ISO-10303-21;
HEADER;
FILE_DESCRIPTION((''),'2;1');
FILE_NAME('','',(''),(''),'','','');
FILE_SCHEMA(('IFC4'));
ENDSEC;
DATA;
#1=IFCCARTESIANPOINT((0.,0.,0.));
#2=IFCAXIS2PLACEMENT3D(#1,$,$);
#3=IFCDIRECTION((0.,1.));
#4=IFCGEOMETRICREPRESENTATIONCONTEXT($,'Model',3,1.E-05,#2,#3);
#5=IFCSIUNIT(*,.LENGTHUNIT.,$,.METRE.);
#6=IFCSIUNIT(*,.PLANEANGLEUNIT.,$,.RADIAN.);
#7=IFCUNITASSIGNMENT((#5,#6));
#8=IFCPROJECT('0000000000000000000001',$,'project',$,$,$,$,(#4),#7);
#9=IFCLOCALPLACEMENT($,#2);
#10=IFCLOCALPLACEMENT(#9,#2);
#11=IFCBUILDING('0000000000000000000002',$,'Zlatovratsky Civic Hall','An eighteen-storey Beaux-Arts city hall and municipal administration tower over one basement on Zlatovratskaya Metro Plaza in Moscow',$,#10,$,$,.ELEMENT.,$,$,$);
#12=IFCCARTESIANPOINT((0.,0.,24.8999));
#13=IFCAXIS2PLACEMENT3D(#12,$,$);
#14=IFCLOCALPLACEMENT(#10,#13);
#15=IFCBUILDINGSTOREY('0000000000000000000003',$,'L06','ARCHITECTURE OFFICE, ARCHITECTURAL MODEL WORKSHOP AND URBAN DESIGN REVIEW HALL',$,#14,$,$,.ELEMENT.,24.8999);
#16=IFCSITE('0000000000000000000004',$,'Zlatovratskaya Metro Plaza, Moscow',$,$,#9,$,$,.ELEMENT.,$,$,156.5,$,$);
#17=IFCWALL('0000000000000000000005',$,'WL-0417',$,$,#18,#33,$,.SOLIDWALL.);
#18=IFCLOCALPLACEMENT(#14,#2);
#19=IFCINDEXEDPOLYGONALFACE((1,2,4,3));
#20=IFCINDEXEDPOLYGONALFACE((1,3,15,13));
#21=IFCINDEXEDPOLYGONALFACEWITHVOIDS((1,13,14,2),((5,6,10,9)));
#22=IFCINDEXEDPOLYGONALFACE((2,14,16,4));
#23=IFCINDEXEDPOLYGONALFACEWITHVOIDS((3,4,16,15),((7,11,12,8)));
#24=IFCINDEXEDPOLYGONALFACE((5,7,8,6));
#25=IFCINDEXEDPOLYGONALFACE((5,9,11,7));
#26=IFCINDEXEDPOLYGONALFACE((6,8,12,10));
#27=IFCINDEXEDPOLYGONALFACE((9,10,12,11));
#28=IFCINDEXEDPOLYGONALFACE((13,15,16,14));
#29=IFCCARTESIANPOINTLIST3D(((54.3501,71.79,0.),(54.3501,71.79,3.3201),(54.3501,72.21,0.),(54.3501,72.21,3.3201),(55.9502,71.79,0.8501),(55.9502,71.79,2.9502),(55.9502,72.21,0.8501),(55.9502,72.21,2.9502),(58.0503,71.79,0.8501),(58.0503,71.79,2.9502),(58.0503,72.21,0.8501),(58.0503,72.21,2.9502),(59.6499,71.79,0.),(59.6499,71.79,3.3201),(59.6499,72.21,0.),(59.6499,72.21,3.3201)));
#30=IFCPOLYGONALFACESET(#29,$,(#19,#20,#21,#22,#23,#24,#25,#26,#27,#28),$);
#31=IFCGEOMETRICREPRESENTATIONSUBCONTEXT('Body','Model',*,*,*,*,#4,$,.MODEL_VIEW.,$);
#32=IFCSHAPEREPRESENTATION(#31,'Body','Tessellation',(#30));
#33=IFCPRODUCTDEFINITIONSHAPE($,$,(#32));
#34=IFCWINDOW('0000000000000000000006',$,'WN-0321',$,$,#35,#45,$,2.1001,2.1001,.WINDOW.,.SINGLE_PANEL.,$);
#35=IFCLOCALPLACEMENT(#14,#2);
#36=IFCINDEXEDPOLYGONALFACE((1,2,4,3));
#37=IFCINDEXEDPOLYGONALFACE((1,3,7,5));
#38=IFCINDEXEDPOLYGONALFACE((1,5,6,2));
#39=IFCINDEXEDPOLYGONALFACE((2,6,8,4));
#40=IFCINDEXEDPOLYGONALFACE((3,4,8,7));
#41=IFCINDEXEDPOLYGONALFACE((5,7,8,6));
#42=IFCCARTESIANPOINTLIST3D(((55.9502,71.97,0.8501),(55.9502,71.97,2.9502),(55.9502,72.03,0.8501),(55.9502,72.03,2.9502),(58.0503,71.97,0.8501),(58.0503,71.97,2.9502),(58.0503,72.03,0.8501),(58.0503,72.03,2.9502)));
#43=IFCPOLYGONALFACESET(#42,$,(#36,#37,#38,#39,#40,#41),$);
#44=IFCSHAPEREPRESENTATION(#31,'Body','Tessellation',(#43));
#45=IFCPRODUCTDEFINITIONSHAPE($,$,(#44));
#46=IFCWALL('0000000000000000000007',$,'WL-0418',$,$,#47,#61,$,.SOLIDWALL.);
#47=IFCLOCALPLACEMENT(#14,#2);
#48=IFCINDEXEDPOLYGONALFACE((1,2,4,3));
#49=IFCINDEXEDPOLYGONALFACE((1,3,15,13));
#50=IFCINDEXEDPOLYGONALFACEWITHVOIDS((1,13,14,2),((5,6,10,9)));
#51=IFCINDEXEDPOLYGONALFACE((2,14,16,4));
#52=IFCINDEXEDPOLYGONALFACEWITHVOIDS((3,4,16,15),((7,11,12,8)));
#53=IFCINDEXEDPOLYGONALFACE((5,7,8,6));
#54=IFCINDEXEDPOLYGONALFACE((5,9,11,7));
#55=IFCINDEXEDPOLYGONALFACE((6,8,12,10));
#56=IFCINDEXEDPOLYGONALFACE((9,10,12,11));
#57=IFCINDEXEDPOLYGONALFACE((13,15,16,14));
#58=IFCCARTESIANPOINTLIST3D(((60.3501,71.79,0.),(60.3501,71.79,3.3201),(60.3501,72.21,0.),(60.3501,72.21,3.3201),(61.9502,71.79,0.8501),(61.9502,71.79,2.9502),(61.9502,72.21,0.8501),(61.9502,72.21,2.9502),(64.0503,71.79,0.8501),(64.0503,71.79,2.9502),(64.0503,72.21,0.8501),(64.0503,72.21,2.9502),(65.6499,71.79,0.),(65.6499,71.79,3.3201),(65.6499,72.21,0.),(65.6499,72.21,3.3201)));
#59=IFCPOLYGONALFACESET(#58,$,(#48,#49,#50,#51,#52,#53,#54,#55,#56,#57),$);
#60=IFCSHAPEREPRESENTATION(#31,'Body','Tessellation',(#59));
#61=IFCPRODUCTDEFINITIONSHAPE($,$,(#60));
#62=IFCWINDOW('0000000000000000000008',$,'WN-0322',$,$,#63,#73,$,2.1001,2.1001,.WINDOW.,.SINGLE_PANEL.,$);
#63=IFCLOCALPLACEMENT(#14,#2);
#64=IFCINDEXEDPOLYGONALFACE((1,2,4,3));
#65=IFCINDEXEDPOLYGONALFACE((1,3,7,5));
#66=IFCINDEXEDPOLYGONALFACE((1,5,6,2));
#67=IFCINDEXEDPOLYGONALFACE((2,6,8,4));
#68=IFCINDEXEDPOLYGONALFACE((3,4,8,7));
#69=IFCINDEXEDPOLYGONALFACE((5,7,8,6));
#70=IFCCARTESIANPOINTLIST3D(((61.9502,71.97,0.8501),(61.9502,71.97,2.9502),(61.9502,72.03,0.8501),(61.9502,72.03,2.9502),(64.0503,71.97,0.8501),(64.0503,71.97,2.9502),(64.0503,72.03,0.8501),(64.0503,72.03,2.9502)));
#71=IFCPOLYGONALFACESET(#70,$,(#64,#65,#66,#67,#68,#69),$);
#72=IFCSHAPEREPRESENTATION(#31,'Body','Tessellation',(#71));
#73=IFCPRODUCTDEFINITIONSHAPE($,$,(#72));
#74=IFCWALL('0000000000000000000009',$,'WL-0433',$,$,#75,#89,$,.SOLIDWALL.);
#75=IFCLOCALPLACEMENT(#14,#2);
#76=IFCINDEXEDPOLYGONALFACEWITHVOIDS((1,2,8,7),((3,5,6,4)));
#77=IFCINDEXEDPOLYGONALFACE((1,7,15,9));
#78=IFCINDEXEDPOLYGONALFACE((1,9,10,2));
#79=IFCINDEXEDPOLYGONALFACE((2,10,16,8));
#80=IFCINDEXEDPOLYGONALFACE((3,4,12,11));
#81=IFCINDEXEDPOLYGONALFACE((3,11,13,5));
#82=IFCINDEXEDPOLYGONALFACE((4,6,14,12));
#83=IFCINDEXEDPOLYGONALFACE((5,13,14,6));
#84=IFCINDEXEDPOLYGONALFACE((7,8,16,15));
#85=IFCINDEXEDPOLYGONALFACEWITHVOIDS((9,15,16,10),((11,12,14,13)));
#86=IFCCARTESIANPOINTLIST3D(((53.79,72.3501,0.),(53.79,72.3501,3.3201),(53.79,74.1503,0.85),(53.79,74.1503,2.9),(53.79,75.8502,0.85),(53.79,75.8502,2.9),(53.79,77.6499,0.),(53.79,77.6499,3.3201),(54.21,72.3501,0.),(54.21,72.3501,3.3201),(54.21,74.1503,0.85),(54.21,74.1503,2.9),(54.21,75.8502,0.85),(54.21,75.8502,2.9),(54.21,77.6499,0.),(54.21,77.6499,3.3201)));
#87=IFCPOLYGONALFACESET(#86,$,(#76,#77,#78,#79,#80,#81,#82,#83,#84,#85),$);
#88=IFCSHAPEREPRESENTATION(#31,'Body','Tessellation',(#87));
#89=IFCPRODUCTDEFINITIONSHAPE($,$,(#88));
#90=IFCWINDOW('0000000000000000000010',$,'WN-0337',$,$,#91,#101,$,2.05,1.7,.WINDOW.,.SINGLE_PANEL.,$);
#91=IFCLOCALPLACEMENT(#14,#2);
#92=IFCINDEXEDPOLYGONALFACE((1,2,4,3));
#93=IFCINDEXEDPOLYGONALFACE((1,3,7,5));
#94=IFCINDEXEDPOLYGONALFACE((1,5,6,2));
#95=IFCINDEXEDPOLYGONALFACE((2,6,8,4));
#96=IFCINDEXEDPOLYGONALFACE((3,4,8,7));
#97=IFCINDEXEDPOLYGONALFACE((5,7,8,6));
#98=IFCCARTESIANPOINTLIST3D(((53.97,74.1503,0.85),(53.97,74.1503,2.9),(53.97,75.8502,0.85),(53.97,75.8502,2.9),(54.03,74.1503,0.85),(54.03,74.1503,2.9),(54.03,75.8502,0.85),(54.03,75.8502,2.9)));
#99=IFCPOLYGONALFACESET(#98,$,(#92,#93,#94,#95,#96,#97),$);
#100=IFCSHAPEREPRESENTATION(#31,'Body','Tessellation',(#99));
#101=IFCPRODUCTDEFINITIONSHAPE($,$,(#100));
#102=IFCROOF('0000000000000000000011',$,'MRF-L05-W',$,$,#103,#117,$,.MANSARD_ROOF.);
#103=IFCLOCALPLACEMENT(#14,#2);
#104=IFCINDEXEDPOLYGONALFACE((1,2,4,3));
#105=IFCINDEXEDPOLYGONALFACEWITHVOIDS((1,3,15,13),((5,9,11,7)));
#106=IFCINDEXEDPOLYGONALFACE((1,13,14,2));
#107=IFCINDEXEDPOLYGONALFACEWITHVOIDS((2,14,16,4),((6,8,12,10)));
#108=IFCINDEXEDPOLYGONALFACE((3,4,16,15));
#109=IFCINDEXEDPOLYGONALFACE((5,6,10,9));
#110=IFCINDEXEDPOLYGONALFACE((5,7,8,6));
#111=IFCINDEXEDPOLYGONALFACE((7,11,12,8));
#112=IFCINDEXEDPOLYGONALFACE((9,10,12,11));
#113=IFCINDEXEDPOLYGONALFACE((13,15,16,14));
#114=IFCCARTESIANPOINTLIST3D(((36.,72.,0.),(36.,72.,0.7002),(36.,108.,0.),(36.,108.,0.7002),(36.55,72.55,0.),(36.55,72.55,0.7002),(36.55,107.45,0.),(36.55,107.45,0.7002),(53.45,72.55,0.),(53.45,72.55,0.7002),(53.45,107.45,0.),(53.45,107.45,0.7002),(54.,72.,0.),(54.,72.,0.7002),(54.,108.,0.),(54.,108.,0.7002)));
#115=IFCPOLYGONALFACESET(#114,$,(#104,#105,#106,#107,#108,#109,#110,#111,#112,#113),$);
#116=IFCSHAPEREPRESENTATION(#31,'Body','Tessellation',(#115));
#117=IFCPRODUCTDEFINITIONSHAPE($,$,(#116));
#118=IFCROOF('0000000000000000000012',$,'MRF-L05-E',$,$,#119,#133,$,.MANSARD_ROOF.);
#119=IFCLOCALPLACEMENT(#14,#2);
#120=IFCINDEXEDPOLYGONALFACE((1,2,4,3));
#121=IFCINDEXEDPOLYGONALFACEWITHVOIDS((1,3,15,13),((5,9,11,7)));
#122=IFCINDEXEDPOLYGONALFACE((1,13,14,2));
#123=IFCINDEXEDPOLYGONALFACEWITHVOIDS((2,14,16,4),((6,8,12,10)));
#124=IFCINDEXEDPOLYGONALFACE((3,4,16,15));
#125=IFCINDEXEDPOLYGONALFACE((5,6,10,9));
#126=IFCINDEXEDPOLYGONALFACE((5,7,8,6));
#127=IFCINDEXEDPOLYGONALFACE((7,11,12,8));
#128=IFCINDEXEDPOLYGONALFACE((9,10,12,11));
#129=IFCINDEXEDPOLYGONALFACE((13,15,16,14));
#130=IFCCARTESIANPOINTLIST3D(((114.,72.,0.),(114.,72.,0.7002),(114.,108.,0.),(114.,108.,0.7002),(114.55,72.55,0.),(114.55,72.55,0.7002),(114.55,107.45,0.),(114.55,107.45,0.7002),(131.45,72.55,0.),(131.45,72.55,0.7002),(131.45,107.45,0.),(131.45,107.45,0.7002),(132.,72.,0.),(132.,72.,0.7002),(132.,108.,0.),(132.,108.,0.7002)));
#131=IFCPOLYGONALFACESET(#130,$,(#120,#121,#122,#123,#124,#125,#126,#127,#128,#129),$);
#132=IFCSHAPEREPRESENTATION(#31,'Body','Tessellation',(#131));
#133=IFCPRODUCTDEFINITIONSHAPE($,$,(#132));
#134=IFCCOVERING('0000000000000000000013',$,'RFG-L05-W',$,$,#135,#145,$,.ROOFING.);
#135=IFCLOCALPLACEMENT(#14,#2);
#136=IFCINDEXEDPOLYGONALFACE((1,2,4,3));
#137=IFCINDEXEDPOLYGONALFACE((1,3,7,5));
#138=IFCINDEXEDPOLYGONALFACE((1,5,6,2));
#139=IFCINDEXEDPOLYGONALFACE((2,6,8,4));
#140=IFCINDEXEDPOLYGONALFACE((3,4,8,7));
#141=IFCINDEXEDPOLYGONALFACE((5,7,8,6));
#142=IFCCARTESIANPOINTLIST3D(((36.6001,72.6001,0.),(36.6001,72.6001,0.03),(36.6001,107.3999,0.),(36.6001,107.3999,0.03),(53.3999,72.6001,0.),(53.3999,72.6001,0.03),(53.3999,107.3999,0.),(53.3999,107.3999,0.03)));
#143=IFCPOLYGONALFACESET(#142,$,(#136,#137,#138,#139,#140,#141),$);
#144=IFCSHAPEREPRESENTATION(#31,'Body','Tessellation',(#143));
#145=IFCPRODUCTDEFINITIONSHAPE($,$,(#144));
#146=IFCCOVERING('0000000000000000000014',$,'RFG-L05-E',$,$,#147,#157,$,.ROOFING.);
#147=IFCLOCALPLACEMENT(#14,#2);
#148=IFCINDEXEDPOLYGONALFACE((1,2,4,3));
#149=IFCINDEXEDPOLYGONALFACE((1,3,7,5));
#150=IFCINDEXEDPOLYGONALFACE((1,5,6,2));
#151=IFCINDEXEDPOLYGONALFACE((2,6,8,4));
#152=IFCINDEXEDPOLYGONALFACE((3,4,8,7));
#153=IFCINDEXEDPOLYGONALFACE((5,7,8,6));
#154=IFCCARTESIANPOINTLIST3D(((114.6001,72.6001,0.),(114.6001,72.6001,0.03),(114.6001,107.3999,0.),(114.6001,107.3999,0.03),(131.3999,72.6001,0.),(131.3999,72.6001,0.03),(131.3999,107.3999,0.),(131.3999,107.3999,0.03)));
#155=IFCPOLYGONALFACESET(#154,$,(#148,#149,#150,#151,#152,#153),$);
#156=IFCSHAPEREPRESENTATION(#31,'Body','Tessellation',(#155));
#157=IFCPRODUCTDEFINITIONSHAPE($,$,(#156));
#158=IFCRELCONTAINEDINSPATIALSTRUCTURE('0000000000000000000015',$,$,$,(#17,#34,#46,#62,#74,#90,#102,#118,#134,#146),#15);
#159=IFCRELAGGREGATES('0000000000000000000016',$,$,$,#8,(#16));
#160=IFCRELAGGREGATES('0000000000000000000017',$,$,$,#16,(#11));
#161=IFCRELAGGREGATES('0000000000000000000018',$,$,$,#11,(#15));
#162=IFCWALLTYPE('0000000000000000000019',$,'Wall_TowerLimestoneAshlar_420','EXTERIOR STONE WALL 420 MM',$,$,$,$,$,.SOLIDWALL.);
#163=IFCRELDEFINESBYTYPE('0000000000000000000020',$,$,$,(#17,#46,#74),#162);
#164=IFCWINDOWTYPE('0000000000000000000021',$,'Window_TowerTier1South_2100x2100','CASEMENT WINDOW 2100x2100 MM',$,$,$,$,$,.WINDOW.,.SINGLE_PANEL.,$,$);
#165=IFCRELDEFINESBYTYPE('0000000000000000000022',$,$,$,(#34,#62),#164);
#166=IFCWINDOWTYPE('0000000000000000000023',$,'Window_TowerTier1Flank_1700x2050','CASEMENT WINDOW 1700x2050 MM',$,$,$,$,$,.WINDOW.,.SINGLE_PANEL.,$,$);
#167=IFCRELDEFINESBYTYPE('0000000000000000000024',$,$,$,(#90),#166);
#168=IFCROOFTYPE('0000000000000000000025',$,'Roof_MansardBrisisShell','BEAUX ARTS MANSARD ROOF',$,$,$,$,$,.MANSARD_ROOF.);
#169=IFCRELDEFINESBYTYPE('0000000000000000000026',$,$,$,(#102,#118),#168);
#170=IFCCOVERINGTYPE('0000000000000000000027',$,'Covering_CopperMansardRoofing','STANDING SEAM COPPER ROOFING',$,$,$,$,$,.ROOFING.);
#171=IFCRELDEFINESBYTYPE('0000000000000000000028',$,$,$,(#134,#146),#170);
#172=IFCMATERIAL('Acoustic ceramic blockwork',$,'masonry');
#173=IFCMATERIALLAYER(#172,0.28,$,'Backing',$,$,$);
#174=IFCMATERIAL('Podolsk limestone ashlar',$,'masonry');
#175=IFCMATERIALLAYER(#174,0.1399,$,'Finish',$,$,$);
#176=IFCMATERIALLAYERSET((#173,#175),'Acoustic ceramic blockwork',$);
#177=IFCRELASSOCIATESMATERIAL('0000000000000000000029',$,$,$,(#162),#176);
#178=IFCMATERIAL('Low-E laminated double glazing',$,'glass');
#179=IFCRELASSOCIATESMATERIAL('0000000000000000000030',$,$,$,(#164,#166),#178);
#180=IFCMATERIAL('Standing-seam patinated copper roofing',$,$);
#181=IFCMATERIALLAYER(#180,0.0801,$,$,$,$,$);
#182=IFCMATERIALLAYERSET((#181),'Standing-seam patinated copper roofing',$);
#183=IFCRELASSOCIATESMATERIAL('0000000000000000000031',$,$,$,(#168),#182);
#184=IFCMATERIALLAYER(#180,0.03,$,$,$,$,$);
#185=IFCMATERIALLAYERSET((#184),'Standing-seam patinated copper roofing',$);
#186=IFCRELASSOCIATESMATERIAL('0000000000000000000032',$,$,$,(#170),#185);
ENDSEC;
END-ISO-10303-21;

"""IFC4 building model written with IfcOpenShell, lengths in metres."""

from ifc_helpers import new_model, si_unit, direction, frame, frame_2d, origin, place, context, subcontext, project, spatial, polyline, rectangle, outline, extrude, material, layer, layer_set, type_object, element, fill, save


model = new_model("IFC4")

# Units and contexts
model_context = context("Model", 3, precision=1e-05, world=origin(), true_north=direction((0.0, 1.0)))
body_context = subcontext(model_context, "Body", "Model", "MODEL_VIEW")
ifc_project = project(units=[si_unit("LENGTHUNIT", "METRE"), si_unit("PLANEANGLEUNIT", "RADIAN")], contexts=[model_context])

# Site, building, storey
site_placement = place(None, origin())
site = spatial("IfcSite", under=ifc_project, at=site_placement, Name="Zlatovratskaya Metro Plaza, Moscow", CompositionType="ELEMENT", RefElevation=156.5)
building_placement = place(site_placement, origin())
building = spatial("IfcBuilding", under=site, at=building_placement, Name="Zlatovratsky Civic Hall", Description="An eighteen-storey Beaux-Arts city hall and municipal administration tower over one basement on Zlatovratskaya Metro Plaza in Moscow", CompositionType="ELEMENT")
storey_placement = place(building_placement, frame((0.0, 0.0, 24.8999)))
storey = spatial("IfcBuildingStorey", under=building, at=storey_placement, Name="L06", Description="ARCHITECTURE OFFICE, ARCHITECTURAL MODEL WORKSHOP AND URBAN DESIGN REVIEW HALL", CompositionType="ELEMENT", Elevation=24.8999)

# Walls, openings, windows
ifc_material_1 = material(Name="Acoustic ceramic blockwork", Category="masonry")
ifc_layer_1 = layer(ifc_material_1, 0.28, Name="Backing")
ifc_material_2 = material(Name="Podolsk limestone ashlar", Category="masonry")
ifc_layer_2 = layer(ifc_material_2, 0.1399, Name="Finish")
ifc_layer_set_1 = layer_set([ifc_layer_1, ifc_layer_2], Name="Acoustic ceramic blockwork")
wall_type_1 = type_object("IfcWallType", Name="Wall_TowerLimestoneAshlar_420", Description="EXTERIOR STONE WALL 420 MM", PredefinedType="SOLIDWALL", material=ifc_layer_set_1)
wall_1_placement = place(storey_placement, frame((54.3501, 72.0, 0.0), z_axis=(0.0, 0.0, 1.0), x_axis=(1.0, 0.0, 0.0)))
wall_1 = element("IfcWall", 1, at=wall_1_placement, inside=storey, type_object=wall_type_1, Name="WL-0417", PredefinedType="SOLIDWALL", context=body_context, shape_type="SweptSolid", body=[
    extrude(rectangle(XDim=5.2998, YDim=0.4199, at=frame_2d((2.6499, 0.0))), origin(), (0.0, 0.0, 1.0), 3.3201),
])
opening_1_placement = place(wall_1_placement, frame((1.6001, 0.0, 0.8501)))
opening_1 = element("IfcOpeningElement", 2, at=opening_1_placement, cuts=wall_1, PredefinedType="OPENING", context=body_context, shape_type="SweptSolid", body=[
    extrude(rectangle(XDim=2.1001, YDim=2.1001, at=frame_2d((1.05, 1.05))), frame((0.0, 0.2249, 0.0), z_axis=(0.0, -1.0, 0.0), x_axis=(1.0, 0.0, 0.0)), (0.0, 0.0, 1.0), 0.4497),
])
ifc_material_3 = material(Name="Low-E laminated double glazing", Category="glass")
window_type_1 = type_object("IfcWindowType", Name="Window_TowerTier1South_2100x2100", Description="CASEMENT WINDOW 2100x2100 MM", PartitioningType="SINGLE_PANEL", PredefinedType="WINDOW", material=ifc_material_3)
window_1_placement = place(opening_1_placement, origin())
window_1 = element("IfcWindow", 3, at=window_1_placement, inside=storey, type_object=window_type_1, Name="WN-0321", OverallHeight=2.1001, OverallWidth=2.1001, PartitioningType="SINGLE_PANEL", PredefinedType="WINDOW", context=body_context, shape_type="SweptSolid", body=[
    extrude(rectangle(XDim=2.1001, YDim=2.1001, at=frame_2d((1.05, 1.05))), frame((0.0, 0.03, 0.0), z_axis=(0.0, -1.0, 0.0), x_axis=(1.0, 0.0, 0.0)), (0.0, 0.0, 1.0), 0.0601),
])
fill(opening_1, window_1)
wall_2_placement = place(storey_placement, frame((60.3501, 72.0, 0.0), z_axis=(0.0, 0.0, 1.0), x_axis=(1.0, 0.0, 0.0)))
wall_2 = element("IfcWall", 4, at=wall_2_placement, inside=storey, type_object=wall_type_1, Name="WL-0418", PredefinedType="SOLIDWALL", context=body_context, shape_type="SweptSolid", body=[
    extrude(rectangle(XDim=5.2998, YDim=0.4199, at=frame_2d((2.6499, 0.0))), origin(), (0.0, 0.0, 1.0), 3.3201),
])
opening_2_placement = place(wall_2_placement, frame((1.6001, 0.0, 0.8501)))
opening_2 = element("IfcOpeningElement", 5, at=opening_2_placement, cuts=wall_2, PredefinedType="OPENING", context=body_context, shape_type="SweptSolid", body=[
    extrude(rectangle(XDim=2.1001, YDim=2.1001, at=frame_2d((1.05, 1.05))), frame((0.0, 0.2249, 0.0), z_axis=(0.0, -1.0, 0.0), x_axis=(1.0, 0.0, 0.0)), (0.0, 0.0, 1.0), 0.4497),
])
window_2_placement = place(opening_2_placement, origin())
window_2 = element("IfcWindow", 6, at=window_2_placement, inside=storey, type_object=window_type_1, Name="WN-0322", OverallHeight=2.1001, OverallWidth=2.1001, PartitioningType="SINGLE_PANEL", PredefinedType="WINDOW", context=body_context, shape_type="SweptSolid", body=[
    extrude(rectangle(XDim=2.1001, YDim=2.1001, at=frame_2d((1.05, 1.05))), frame((0.0, 0.03, 0.0), z_axis=(0.0, -1.0, 0.0), x_axis=(1.0, 0.0, 0.0)), (0.0, 0.0, 1.0), 0.0601),
])
fill(opening_2, window_2)
wall_3_placement = place(storey_placement, frame((54.0, 72.3501, 0.0), z_axis=(0.0, 0.0, 1.0), x_axis=(0.0, 1.0, 0.0)))
wall_3 = element("IfcWall", 7, at=wall_3_placement, inside=storey, type_object=wall_type_1, Name="WL-0433", PredefinedType="SOLIDWALL", context=body_context, shape_type="SweptSolid", body=[
    extrude(rectangle(XDim=5.2998, YDim=0.4199, at=frame_2d((2.6499, 0.0))), origin(), (0.0, 0.0, 1.0), 3.3201),
])
opening_3_placement = place(wall_3_placement, frame((1.8, 0.0, 0.8501)))
opening_3 = element("IfcOpeningElement", 8, at=opening_3_placement, cuts=wall_3, PredefinedType="OPENING", context=body_context, shape_type="SweptSolid", body=[
    extrude(rectangle(XDim=1.7, YDim=2.05, at=frame_2d((0.8501, 1.0249))), frame((0.0, 0.2249, 0.0), z_axis=(0.0, -1.0, 0.0), x_axis=(1.0, 0.0, 0.0)), (0.0, 0.0, 1.0), 0.4497),
])
window_type_2 = type_object("IfcWindowType", Name="Window_TowerTier1Flank_1700x2050", Description="CASEMENT WINDOW 1700x2050 MM", PartitioningType="SINGLE_PANEL", PredefinedType="WINDOW", material=ifc_material_3)
window_3_placement = place(opening_3_placement, origin())
window_3 = element("IfcWindow", 9, at=window_3_placement, inside=storey, type_object=window_type_2, Name="WN-0337", OverallHeight=2.05, OverallWidth=1.7, PartitioningType="SINGLE_PANEL", PredefinedType="WINDOW", context=body_context, shape_type="SweptSolid", body=[
    extrude(rectangle(XDim=1.7, YDim=2.05, at=frame_2d((0.8501, 1.0249))), frame((0.0, 0.03, 0.0), z_axis=(0.0, -1.0, 0.0), x_axis=(1.0, 0.0, 0.0)), (0.0, 0.0, 1.0), 0.0601),
])
fill(opening_3, window_3)

# Roofs
ifc_material_4 = material(Name="Standing-seam patinated copper roofing")
ifc_layer_3 = layer(ifc_material_4, 0.0801)
ifc_layer_set_2 = layer_set([ifc_layer_3], Name="Standing-seam patinated copper roofing")
roof_type = type_object("IfcRoofType", Name="Roof_MansardBrisisShell", Description="BEAUX ARTS MANSARD ROOF", PredefinedType="MANSARD_ROOF", material=ifc_layer_set_2)
roof_1_placement = place(storey_placement, origin())
element("IfcRoof", 10, at=roof_1_placement, inside=storey, type_object=roof_type, Name="MRF-L05-W", PredefinedType="MANSARD_ROOF", context=body_context, shape_type="SweptSolid", body=[
    extrude(outline(polyline([(36.0, 72.0), (54.0, 72.0), (54.0, 108.0), (36.0, 108.0), (36.0, 72.0)]), holes=[polyline([(36.55, 72.55), (53.45, 72.55), (53.45, 107.45), (36.55, 107.45), (36.55, 72.55)])]), origin(), (0.0, 0.0, 1.0), 0.7002),
])
roof_2_placement = place(storey_placement, origin())
element("IfcRoof", 11, at=roof_2_placement, inside=storey, type_object=roof_type, Name="MRF-L05-E", PredefinedType="MANSARD_ROOF", context=body_context, shape_type="SweptSolid", body=[
    extrude(outline(polyline([(114.0, 72.0), (132.0, 72.0), (132.0, 108.0), (114.0, 108.0), (114.0, 72.0)]), holes=[polyline([(114.55, 72.55), (131.45, 72.55), (131.45, 107.45), (114.55, 107.45), (114.55, 72.55)])]), origin(), (0.0, 0.0, 1.0), 0.7002),
])

# Coverings
ifc_layer_4 = layer(ifc_material_4, 0.03)
ifc_layer_set_3 = layer_set([ifc_layer_4], Name="Standing-seam patinated copper roofing")
covering_type = type_object("IfcCoveringType", Name="Covering_CopperMansardRoofing", Description="STANDING SEAM COPPER ROOFING", PredefinedType="ROOFING", material=ifc_layer_set_3)
covering_1_placement = place(storey_placement, origin())
element("IfcCovering", 12, at=covering_1_placement, inside=storey, type_object=covering_type, Name="RFG-L05-W", PredefinedType="ROOFING", context=body_context, shape_type="SweptSolid", body=[
    extrude(outline(polyline([(36.6001, 72.6001), (53.3999, 72.6001), (53.3999, 107.3999), (36.6001, 107.3999), (36.6001, 72.6001)])), origin(), (0.0, 0.0, 1.0), 0.03),
])
covering_2_placement = place(storey_placement, origin())
element("IfcCovering", 13, at=covering_2_placement, inside=storey, type_object=covering_type, Name="RFG-L05-E", PredefinedType="ROOFING", context=body_context, shape_type="SweptSolid", body=[
    extrude(outline(polyline([(114.6001, 72.6001), (131.3999, 72.6001), (131.3999, 107.3999), (114.6001, 107.3999), (114.6001, 72.6001)])), origin(), (0.0, 0.0, 1.0), 0.03),
])

save(model, "model.ifc")
